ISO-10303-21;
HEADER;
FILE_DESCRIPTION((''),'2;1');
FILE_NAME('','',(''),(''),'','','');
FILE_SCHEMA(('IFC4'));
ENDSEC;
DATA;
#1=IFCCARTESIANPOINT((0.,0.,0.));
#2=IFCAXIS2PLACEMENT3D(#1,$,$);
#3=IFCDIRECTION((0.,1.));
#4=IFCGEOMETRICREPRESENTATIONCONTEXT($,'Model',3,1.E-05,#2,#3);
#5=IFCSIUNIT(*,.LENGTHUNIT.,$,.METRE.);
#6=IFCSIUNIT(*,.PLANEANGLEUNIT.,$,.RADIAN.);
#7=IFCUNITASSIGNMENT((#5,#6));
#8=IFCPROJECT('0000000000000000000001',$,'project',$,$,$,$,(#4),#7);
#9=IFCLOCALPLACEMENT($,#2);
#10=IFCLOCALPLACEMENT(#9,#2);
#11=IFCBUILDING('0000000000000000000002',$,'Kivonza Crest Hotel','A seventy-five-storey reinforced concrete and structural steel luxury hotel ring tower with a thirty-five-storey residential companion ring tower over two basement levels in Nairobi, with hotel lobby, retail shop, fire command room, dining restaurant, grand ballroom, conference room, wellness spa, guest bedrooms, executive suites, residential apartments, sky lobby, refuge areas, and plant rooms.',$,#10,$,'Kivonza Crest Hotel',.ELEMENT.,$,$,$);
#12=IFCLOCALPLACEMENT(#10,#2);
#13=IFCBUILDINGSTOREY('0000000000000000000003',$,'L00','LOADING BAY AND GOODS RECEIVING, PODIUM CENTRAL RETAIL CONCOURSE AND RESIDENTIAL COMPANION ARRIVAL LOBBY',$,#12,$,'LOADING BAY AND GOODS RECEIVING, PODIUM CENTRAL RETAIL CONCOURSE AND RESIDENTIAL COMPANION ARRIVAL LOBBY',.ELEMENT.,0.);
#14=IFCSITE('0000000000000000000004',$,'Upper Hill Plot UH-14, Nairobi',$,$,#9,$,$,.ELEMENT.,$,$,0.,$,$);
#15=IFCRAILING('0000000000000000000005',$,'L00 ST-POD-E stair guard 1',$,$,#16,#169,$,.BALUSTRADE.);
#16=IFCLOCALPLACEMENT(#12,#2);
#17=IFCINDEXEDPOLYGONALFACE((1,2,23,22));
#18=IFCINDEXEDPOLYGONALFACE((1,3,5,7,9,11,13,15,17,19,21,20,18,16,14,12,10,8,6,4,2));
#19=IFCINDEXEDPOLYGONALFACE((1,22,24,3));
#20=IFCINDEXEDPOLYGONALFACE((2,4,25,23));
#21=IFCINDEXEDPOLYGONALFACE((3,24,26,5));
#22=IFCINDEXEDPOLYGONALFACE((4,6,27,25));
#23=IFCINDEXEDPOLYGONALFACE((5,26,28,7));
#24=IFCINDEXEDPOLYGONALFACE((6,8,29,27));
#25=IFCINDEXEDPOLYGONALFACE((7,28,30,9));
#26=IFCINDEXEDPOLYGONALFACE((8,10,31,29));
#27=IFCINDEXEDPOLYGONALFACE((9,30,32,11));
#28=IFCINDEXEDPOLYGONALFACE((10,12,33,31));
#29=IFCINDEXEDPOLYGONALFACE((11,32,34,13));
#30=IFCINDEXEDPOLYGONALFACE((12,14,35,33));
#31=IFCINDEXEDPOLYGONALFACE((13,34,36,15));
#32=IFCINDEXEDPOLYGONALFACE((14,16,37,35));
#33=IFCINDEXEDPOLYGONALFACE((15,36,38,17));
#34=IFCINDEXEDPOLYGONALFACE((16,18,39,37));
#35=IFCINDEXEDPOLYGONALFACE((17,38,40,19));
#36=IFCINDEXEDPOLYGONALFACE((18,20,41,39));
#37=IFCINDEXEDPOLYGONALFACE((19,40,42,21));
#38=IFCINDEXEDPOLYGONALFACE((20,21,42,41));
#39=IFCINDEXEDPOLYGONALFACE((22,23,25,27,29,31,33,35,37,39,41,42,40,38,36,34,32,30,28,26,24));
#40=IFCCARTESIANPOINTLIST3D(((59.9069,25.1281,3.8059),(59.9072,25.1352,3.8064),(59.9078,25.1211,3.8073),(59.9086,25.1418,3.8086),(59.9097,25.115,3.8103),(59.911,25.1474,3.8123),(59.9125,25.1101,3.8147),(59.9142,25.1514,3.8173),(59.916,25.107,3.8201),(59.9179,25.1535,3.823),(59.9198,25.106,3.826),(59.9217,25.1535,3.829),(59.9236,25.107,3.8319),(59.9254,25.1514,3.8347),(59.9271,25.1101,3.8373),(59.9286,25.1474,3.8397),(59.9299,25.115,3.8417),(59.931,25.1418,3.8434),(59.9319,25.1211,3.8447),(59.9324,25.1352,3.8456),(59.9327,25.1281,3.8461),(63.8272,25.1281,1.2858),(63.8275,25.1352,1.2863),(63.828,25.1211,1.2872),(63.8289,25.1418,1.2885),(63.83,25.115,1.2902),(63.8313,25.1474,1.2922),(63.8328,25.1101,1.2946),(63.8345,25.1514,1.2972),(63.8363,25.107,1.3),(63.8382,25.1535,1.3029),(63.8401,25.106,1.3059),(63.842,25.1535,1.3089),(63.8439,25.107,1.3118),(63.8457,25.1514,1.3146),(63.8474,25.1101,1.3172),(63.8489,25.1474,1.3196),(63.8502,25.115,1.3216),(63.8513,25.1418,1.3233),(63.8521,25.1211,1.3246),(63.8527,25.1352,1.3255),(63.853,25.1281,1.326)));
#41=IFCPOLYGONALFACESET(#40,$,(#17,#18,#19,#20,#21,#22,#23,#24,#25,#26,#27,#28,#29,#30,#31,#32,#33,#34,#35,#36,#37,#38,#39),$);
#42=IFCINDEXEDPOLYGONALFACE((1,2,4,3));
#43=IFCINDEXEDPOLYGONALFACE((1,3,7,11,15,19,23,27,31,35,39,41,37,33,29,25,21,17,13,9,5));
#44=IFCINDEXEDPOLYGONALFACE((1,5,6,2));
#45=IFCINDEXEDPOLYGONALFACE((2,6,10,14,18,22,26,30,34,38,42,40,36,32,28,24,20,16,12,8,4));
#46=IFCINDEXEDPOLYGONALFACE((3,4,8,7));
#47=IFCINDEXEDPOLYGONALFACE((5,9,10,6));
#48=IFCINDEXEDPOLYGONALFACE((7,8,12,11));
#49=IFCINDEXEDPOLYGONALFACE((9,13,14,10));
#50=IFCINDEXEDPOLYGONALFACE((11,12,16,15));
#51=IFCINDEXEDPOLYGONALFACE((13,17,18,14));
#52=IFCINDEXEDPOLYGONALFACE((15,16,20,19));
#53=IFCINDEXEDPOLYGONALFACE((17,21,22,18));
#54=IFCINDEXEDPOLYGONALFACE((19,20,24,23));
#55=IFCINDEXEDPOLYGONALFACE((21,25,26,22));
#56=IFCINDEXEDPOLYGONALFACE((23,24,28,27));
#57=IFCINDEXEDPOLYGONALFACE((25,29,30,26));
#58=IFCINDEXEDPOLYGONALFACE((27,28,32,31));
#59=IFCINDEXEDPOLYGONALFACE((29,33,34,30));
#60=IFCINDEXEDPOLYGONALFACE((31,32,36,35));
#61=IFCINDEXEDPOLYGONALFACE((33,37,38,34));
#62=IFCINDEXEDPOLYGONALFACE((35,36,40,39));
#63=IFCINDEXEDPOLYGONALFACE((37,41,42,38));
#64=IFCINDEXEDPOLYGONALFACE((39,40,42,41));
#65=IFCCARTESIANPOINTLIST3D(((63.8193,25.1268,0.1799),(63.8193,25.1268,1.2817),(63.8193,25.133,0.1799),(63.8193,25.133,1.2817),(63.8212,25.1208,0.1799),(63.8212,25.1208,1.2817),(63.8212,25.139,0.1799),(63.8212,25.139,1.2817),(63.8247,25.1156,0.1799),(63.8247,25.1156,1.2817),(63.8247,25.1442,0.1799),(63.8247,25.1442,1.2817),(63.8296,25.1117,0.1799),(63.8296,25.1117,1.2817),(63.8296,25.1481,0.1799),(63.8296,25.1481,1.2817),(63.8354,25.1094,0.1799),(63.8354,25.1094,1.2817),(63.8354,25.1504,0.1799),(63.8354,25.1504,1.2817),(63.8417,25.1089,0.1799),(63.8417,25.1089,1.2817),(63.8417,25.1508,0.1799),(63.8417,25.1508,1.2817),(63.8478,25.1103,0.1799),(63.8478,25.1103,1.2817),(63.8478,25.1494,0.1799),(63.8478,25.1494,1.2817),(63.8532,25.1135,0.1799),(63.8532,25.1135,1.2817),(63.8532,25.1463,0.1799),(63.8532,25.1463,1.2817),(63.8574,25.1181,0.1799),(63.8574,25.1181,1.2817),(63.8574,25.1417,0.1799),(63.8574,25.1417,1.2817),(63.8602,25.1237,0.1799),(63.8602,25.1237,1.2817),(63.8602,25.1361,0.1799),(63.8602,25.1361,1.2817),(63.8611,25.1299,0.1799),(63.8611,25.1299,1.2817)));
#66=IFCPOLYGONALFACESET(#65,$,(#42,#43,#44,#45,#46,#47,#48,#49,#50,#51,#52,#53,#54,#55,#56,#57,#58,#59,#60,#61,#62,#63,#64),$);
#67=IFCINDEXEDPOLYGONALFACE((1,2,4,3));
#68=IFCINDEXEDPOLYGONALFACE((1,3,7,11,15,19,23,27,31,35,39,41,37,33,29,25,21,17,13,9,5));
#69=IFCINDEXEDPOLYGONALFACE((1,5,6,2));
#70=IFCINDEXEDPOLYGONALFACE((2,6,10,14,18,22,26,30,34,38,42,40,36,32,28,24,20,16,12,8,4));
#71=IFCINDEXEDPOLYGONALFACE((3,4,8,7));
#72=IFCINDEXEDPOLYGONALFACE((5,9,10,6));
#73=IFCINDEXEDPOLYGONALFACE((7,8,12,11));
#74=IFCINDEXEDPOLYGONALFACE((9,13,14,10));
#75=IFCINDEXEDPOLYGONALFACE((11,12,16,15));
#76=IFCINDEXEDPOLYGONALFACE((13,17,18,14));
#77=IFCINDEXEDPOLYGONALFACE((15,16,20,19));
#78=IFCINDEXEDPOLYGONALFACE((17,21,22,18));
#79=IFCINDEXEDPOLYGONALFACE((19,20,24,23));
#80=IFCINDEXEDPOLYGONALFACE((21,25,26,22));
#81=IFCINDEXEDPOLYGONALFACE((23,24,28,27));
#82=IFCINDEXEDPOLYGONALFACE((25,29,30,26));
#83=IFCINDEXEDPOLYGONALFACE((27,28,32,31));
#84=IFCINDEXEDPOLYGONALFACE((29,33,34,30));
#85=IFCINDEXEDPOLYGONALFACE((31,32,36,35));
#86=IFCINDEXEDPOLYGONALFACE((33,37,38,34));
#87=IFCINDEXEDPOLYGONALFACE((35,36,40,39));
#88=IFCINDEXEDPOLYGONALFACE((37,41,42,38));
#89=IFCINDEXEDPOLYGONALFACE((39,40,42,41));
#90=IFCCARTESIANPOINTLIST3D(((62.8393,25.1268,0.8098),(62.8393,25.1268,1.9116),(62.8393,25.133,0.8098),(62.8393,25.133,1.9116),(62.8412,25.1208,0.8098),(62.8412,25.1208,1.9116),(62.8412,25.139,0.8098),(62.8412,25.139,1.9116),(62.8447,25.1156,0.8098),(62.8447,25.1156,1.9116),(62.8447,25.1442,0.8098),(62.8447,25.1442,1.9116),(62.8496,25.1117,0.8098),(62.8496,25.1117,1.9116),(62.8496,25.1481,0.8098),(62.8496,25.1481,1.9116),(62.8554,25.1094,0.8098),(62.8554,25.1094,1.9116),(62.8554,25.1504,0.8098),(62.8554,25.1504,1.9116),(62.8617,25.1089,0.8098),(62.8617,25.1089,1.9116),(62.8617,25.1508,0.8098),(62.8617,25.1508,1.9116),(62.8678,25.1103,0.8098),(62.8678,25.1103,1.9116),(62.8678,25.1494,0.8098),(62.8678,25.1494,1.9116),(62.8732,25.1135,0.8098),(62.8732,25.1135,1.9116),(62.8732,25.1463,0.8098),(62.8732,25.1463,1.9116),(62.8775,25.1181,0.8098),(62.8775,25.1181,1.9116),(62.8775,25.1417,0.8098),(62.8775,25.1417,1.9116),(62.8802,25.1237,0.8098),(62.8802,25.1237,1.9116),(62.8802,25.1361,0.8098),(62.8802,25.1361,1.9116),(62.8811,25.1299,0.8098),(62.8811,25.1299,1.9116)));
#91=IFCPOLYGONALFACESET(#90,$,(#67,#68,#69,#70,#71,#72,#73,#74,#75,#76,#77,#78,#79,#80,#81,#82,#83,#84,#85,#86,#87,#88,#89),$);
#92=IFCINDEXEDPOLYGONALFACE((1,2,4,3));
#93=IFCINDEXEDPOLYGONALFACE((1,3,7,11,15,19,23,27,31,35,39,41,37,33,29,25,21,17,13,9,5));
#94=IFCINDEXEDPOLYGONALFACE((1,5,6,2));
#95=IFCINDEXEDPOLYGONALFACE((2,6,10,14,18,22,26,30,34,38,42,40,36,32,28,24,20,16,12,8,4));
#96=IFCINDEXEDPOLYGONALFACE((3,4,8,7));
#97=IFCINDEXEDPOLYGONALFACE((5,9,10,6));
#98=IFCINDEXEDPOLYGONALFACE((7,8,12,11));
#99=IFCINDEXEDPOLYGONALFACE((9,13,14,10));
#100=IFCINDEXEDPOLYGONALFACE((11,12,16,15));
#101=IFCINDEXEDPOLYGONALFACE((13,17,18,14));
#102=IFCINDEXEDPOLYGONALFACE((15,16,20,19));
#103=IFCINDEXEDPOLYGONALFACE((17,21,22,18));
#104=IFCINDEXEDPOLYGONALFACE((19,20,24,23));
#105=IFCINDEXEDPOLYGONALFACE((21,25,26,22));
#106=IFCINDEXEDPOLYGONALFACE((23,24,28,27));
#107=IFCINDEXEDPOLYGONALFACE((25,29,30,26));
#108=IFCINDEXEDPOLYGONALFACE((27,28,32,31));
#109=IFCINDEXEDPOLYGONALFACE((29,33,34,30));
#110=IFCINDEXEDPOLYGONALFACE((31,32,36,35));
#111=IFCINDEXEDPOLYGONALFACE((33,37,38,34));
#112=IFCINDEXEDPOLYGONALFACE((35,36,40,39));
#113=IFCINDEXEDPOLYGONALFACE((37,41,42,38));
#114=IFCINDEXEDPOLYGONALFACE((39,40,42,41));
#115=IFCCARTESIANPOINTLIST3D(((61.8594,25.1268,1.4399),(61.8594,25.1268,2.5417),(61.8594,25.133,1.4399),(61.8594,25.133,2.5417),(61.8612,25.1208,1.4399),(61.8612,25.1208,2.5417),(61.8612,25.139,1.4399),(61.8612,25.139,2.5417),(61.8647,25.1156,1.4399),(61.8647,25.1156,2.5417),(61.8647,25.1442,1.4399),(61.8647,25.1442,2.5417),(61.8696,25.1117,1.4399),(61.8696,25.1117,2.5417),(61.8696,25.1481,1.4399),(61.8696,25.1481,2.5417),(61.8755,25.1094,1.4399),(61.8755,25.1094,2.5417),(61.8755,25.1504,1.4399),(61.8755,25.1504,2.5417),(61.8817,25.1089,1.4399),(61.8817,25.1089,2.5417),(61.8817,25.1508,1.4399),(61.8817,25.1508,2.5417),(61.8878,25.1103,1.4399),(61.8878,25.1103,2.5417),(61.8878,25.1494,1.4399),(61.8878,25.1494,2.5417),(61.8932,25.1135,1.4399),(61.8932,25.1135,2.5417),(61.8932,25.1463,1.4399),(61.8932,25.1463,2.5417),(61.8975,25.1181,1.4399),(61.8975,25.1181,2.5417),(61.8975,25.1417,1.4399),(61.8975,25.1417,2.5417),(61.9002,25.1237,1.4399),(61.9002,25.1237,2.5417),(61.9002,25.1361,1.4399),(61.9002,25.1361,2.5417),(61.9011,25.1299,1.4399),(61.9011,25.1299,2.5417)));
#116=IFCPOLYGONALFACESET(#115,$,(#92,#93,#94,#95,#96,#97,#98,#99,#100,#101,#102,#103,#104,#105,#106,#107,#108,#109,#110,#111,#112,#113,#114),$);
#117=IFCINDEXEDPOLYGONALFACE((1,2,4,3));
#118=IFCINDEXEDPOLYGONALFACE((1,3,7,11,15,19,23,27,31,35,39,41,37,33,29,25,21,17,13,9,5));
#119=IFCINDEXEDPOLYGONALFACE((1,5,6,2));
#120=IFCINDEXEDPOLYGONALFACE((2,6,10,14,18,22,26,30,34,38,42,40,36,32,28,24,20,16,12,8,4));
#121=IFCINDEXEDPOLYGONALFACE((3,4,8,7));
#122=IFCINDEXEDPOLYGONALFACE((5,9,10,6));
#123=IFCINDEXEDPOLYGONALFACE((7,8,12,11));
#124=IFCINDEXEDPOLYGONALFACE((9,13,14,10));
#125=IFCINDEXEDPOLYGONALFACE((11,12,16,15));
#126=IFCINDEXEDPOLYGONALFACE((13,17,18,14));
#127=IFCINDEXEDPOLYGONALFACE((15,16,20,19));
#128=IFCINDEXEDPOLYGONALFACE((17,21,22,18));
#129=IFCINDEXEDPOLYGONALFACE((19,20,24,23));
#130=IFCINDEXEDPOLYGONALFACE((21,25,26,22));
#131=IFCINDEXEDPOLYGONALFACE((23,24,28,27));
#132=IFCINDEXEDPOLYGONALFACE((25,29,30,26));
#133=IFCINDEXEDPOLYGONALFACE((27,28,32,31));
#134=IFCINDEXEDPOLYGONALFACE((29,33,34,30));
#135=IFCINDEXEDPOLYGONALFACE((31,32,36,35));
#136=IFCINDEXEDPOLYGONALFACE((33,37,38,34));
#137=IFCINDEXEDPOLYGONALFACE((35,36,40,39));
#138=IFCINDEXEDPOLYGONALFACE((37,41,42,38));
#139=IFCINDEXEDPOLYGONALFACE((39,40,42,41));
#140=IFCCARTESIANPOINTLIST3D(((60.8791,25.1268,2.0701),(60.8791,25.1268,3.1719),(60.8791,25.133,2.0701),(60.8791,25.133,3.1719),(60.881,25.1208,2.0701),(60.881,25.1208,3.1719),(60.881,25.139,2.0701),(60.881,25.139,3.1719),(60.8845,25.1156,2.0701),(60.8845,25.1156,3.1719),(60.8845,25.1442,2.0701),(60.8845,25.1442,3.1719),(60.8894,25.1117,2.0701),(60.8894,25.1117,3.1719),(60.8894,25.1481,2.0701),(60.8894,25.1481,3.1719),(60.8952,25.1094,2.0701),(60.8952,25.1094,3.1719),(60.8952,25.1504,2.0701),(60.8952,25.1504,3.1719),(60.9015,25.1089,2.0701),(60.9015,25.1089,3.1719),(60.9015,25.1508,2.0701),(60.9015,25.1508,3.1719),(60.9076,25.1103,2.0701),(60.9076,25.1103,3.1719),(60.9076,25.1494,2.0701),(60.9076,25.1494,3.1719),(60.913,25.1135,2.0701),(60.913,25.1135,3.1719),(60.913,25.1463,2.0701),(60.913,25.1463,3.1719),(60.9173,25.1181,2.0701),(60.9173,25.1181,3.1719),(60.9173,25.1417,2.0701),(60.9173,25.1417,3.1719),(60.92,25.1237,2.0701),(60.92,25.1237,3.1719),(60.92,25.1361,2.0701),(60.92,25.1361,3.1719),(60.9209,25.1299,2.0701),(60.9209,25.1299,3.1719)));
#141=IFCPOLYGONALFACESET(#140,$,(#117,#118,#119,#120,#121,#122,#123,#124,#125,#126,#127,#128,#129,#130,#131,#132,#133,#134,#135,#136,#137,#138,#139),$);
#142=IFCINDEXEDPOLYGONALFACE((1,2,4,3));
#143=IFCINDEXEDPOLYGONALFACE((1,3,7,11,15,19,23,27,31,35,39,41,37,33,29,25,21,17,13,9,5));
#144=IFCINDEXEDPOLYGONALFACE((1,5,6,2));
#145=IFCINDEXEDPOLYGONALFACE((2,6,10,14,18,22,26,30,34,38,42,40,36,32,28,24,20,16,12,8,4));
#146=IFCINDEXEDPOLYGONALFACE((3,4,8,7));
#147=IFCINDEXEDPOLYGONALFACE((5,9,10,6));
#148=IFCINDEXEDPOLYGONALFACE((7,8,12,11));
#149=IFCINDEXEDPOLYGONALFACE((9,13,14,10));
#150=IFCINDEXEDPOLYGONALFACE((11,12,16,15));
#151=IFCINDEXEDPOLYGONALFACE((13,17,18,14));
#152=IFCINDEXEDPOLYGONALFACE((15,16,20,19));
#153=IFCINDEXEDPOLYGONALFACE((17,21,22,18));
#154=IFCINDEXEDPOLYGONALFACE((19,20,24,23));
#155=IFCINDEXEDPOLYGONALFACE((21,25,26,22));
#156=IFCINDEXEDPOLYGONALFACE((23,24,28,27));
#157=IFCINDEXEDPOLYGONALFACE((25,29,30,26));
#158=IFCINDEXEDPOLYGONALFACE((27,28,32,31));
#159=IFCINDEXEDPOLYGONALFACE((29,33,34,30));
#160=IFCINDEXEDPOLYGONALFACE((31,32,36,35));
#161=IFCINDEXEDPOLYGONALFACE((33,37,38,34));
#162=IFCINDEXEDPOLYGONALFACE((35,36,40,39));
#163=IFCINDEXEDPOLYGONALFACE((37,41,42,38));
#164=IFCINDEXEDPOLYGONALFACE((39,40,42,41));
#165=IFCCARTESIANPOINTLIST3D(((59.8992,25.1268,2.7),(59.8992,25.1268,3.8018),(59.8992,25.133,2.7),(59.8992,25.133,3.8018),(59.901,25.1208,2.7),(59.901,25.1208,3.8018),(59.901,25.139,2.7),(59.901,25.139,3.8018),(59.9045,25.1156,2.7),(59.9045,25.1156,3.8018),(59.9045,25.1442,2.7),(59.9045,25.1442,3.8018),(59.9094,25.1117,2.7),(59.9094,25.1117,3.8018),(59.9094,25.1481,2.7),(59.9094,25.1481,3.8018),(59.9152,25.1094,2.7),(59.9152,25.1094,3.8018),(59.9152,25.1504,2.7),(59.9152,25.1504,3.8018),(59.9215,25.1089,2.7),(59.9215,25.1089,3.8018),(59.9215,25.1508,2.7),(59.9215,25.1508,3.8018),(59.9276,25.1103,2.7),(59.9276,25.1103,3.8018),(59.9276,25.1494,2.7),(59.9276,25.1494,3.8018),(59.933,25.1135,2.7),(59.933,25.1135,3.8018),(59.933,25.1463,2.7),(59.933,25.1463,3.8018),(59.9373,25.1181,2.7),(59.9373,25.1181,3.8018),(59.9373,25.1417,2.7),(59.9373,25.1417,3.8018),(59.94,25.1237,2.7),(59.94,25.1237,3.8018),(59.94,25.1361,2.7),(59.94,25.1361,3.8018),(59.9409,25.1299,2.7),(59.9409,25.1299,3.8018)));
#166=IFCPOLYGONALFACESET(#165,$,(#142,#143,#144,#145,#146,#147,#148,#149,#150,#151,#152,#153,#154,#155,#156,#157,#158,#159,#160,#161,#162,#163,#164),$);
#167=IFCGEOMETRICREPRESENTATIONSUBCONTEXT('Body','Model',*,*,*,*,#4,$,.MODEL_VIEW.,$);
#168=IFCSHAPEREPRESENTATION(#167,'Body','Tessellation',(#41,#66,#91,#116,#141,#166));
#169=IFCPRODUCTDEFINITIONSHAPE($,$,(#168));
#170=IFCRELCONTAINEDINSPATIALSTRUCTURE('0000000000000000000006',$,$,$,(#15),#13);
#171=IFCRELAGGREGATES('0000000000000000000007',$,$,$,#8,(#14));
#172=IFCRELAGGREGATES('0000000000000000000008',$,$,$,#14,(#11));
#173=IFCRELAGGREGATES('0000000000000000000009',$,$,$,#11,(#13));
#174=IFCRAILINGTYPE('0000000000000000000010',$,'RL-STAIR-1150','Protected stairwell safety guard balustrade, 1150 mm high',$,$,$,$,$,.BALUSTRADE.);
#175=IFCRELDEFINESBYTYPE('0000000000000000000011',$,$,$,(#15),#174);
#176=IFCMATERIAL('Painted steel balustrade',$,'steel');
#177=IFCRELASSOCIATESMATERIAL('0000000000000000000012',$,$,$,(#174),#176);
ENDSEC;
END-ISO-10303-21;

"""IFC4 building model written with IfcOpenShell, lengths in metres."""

from ifc_helpers import new_model, si_unit, direction, frame, origin, origin_2d, place, context, subcontext, project, spatial, circle, extrude, material, type_object, element, save


model = new_model("IFC4")

# Units and contexts
model_context = context("Model", 3, precision=1e-05, world=origin(), true_north=direction((0.0, 1.0)))
body_context = subcontext(model_context, "Body", "Model", "MODEL_VIEW")
ifc_project = project(units=[si_unit("LENGTHUNIT", "METRE"), si_unit("PLANEANGLEUNIT", "RADIAN")], contexts=[model_context])

# Site, building, storey
site_placement = place(None, origin())
site = spatial("IfcSite", under=ifc_project, at=site_placement, Name="Upper Hill Plot UH-14, Nairobi", CompositionType="ELEMENT", RefElevation=0.0)
building_placement = place(site_placement, origin())
building = spatial("IfcBuilding", under=site, at=building_placement, Name="Kivonza Crest Hotel", Description="A seventy-five-storey reinforced concrete and structural steel luxury hotel ring tower with a thirty-five-storey residential companion ring tower over two basement levels in Nairobi, with hotel lobby, retail shop, fire command room, dining restaurant, grand ballroom, conference room, wellness spa, guest bedrooms, executive suites, residential apartments, sky lobby, refuge areas, and plant rooms.", LongName="Kivonza Crest Hotel", CompositionType="ELEMENT")
storey_placement = place(building_placement, origin())
storey = spatial("IfcBuildingStorey", under=building, at=storey_placement, Name="L00", Description="LOADING BAY AND GOODS RECEIVING, PODIUM CENTRAL RETAIL CONCOURSE AND RESIDENTIAL COMPANION ARRIVAL LOBBY", LongName="LOADING BAY AND GOODS RECEIVING, PODIUM CENTRAL RETAIL CONCOURSE AND RESIDENTIAL COMPANION ARRIVAL LOBBY", CompositionType="ELEMENT", Elevation=0.0)

# Railing
ifc_material_1 = material(Name="Painted steel balustrade", Category="steel")
railing_type_1 = type_object("IfcRailingType", Name="RL-STAIR-1150", Description="Protected stairwell safety guard balustrade, 1150 mm high", PredefinedType="BALUSTRADE", material=ifc_material_1)
railing_1_placement = place(storey_placement, frame((63.8401, 25.1299, 0.1799)))
element("IfcRailing", 1, at=railing_1_placement, inside=storey, type_object=railing_type_1, Name="L00 ST-POD-E stair guard 1", PredefinedType="BALUSTRADE", context=body_context, shape_type="SweptSolid", body=[
    extrude(circle(Radius=0.0239, at=origin_2d()), frame((0.0, 0.0, 1.126), z_axis=(-0.841187, 0.0, 0.540744), x_axis=(0.0, -1.0, 0.0)), (0.0, 0.0, 1.0), 4.6604),
    extrude(circle(Radius=0.021, at=origin_2d()), origin(), (0.0, 0.0, 1.0), 1.1018),
    extrude(circle(Radius=0.021, at=origin_2d()), frame((-0.98, 0.0, 0.6299)), (0.0, 0.0, 1.0), 1.1018),
    extrude(circle(Radius=0.021, at=origin_2d()), frame((-1.96, 0.0, 1.26)), (0.0, 0.0, 1.0), 1.1018),
    extrude(circle(Radius=0.021, at=origin_2d()), frame((-2.9402, 0.0, 1.8901)), (0.0, 0.0, 1.0), 1.1018),
    extrude(circle(Radius=0.021, at=origin_2d()), frame((-3.9202, 0.0, 2.52)), (0.0, 0.0, 1.0), 1.1018),
])

save(model, "model.ifc")
